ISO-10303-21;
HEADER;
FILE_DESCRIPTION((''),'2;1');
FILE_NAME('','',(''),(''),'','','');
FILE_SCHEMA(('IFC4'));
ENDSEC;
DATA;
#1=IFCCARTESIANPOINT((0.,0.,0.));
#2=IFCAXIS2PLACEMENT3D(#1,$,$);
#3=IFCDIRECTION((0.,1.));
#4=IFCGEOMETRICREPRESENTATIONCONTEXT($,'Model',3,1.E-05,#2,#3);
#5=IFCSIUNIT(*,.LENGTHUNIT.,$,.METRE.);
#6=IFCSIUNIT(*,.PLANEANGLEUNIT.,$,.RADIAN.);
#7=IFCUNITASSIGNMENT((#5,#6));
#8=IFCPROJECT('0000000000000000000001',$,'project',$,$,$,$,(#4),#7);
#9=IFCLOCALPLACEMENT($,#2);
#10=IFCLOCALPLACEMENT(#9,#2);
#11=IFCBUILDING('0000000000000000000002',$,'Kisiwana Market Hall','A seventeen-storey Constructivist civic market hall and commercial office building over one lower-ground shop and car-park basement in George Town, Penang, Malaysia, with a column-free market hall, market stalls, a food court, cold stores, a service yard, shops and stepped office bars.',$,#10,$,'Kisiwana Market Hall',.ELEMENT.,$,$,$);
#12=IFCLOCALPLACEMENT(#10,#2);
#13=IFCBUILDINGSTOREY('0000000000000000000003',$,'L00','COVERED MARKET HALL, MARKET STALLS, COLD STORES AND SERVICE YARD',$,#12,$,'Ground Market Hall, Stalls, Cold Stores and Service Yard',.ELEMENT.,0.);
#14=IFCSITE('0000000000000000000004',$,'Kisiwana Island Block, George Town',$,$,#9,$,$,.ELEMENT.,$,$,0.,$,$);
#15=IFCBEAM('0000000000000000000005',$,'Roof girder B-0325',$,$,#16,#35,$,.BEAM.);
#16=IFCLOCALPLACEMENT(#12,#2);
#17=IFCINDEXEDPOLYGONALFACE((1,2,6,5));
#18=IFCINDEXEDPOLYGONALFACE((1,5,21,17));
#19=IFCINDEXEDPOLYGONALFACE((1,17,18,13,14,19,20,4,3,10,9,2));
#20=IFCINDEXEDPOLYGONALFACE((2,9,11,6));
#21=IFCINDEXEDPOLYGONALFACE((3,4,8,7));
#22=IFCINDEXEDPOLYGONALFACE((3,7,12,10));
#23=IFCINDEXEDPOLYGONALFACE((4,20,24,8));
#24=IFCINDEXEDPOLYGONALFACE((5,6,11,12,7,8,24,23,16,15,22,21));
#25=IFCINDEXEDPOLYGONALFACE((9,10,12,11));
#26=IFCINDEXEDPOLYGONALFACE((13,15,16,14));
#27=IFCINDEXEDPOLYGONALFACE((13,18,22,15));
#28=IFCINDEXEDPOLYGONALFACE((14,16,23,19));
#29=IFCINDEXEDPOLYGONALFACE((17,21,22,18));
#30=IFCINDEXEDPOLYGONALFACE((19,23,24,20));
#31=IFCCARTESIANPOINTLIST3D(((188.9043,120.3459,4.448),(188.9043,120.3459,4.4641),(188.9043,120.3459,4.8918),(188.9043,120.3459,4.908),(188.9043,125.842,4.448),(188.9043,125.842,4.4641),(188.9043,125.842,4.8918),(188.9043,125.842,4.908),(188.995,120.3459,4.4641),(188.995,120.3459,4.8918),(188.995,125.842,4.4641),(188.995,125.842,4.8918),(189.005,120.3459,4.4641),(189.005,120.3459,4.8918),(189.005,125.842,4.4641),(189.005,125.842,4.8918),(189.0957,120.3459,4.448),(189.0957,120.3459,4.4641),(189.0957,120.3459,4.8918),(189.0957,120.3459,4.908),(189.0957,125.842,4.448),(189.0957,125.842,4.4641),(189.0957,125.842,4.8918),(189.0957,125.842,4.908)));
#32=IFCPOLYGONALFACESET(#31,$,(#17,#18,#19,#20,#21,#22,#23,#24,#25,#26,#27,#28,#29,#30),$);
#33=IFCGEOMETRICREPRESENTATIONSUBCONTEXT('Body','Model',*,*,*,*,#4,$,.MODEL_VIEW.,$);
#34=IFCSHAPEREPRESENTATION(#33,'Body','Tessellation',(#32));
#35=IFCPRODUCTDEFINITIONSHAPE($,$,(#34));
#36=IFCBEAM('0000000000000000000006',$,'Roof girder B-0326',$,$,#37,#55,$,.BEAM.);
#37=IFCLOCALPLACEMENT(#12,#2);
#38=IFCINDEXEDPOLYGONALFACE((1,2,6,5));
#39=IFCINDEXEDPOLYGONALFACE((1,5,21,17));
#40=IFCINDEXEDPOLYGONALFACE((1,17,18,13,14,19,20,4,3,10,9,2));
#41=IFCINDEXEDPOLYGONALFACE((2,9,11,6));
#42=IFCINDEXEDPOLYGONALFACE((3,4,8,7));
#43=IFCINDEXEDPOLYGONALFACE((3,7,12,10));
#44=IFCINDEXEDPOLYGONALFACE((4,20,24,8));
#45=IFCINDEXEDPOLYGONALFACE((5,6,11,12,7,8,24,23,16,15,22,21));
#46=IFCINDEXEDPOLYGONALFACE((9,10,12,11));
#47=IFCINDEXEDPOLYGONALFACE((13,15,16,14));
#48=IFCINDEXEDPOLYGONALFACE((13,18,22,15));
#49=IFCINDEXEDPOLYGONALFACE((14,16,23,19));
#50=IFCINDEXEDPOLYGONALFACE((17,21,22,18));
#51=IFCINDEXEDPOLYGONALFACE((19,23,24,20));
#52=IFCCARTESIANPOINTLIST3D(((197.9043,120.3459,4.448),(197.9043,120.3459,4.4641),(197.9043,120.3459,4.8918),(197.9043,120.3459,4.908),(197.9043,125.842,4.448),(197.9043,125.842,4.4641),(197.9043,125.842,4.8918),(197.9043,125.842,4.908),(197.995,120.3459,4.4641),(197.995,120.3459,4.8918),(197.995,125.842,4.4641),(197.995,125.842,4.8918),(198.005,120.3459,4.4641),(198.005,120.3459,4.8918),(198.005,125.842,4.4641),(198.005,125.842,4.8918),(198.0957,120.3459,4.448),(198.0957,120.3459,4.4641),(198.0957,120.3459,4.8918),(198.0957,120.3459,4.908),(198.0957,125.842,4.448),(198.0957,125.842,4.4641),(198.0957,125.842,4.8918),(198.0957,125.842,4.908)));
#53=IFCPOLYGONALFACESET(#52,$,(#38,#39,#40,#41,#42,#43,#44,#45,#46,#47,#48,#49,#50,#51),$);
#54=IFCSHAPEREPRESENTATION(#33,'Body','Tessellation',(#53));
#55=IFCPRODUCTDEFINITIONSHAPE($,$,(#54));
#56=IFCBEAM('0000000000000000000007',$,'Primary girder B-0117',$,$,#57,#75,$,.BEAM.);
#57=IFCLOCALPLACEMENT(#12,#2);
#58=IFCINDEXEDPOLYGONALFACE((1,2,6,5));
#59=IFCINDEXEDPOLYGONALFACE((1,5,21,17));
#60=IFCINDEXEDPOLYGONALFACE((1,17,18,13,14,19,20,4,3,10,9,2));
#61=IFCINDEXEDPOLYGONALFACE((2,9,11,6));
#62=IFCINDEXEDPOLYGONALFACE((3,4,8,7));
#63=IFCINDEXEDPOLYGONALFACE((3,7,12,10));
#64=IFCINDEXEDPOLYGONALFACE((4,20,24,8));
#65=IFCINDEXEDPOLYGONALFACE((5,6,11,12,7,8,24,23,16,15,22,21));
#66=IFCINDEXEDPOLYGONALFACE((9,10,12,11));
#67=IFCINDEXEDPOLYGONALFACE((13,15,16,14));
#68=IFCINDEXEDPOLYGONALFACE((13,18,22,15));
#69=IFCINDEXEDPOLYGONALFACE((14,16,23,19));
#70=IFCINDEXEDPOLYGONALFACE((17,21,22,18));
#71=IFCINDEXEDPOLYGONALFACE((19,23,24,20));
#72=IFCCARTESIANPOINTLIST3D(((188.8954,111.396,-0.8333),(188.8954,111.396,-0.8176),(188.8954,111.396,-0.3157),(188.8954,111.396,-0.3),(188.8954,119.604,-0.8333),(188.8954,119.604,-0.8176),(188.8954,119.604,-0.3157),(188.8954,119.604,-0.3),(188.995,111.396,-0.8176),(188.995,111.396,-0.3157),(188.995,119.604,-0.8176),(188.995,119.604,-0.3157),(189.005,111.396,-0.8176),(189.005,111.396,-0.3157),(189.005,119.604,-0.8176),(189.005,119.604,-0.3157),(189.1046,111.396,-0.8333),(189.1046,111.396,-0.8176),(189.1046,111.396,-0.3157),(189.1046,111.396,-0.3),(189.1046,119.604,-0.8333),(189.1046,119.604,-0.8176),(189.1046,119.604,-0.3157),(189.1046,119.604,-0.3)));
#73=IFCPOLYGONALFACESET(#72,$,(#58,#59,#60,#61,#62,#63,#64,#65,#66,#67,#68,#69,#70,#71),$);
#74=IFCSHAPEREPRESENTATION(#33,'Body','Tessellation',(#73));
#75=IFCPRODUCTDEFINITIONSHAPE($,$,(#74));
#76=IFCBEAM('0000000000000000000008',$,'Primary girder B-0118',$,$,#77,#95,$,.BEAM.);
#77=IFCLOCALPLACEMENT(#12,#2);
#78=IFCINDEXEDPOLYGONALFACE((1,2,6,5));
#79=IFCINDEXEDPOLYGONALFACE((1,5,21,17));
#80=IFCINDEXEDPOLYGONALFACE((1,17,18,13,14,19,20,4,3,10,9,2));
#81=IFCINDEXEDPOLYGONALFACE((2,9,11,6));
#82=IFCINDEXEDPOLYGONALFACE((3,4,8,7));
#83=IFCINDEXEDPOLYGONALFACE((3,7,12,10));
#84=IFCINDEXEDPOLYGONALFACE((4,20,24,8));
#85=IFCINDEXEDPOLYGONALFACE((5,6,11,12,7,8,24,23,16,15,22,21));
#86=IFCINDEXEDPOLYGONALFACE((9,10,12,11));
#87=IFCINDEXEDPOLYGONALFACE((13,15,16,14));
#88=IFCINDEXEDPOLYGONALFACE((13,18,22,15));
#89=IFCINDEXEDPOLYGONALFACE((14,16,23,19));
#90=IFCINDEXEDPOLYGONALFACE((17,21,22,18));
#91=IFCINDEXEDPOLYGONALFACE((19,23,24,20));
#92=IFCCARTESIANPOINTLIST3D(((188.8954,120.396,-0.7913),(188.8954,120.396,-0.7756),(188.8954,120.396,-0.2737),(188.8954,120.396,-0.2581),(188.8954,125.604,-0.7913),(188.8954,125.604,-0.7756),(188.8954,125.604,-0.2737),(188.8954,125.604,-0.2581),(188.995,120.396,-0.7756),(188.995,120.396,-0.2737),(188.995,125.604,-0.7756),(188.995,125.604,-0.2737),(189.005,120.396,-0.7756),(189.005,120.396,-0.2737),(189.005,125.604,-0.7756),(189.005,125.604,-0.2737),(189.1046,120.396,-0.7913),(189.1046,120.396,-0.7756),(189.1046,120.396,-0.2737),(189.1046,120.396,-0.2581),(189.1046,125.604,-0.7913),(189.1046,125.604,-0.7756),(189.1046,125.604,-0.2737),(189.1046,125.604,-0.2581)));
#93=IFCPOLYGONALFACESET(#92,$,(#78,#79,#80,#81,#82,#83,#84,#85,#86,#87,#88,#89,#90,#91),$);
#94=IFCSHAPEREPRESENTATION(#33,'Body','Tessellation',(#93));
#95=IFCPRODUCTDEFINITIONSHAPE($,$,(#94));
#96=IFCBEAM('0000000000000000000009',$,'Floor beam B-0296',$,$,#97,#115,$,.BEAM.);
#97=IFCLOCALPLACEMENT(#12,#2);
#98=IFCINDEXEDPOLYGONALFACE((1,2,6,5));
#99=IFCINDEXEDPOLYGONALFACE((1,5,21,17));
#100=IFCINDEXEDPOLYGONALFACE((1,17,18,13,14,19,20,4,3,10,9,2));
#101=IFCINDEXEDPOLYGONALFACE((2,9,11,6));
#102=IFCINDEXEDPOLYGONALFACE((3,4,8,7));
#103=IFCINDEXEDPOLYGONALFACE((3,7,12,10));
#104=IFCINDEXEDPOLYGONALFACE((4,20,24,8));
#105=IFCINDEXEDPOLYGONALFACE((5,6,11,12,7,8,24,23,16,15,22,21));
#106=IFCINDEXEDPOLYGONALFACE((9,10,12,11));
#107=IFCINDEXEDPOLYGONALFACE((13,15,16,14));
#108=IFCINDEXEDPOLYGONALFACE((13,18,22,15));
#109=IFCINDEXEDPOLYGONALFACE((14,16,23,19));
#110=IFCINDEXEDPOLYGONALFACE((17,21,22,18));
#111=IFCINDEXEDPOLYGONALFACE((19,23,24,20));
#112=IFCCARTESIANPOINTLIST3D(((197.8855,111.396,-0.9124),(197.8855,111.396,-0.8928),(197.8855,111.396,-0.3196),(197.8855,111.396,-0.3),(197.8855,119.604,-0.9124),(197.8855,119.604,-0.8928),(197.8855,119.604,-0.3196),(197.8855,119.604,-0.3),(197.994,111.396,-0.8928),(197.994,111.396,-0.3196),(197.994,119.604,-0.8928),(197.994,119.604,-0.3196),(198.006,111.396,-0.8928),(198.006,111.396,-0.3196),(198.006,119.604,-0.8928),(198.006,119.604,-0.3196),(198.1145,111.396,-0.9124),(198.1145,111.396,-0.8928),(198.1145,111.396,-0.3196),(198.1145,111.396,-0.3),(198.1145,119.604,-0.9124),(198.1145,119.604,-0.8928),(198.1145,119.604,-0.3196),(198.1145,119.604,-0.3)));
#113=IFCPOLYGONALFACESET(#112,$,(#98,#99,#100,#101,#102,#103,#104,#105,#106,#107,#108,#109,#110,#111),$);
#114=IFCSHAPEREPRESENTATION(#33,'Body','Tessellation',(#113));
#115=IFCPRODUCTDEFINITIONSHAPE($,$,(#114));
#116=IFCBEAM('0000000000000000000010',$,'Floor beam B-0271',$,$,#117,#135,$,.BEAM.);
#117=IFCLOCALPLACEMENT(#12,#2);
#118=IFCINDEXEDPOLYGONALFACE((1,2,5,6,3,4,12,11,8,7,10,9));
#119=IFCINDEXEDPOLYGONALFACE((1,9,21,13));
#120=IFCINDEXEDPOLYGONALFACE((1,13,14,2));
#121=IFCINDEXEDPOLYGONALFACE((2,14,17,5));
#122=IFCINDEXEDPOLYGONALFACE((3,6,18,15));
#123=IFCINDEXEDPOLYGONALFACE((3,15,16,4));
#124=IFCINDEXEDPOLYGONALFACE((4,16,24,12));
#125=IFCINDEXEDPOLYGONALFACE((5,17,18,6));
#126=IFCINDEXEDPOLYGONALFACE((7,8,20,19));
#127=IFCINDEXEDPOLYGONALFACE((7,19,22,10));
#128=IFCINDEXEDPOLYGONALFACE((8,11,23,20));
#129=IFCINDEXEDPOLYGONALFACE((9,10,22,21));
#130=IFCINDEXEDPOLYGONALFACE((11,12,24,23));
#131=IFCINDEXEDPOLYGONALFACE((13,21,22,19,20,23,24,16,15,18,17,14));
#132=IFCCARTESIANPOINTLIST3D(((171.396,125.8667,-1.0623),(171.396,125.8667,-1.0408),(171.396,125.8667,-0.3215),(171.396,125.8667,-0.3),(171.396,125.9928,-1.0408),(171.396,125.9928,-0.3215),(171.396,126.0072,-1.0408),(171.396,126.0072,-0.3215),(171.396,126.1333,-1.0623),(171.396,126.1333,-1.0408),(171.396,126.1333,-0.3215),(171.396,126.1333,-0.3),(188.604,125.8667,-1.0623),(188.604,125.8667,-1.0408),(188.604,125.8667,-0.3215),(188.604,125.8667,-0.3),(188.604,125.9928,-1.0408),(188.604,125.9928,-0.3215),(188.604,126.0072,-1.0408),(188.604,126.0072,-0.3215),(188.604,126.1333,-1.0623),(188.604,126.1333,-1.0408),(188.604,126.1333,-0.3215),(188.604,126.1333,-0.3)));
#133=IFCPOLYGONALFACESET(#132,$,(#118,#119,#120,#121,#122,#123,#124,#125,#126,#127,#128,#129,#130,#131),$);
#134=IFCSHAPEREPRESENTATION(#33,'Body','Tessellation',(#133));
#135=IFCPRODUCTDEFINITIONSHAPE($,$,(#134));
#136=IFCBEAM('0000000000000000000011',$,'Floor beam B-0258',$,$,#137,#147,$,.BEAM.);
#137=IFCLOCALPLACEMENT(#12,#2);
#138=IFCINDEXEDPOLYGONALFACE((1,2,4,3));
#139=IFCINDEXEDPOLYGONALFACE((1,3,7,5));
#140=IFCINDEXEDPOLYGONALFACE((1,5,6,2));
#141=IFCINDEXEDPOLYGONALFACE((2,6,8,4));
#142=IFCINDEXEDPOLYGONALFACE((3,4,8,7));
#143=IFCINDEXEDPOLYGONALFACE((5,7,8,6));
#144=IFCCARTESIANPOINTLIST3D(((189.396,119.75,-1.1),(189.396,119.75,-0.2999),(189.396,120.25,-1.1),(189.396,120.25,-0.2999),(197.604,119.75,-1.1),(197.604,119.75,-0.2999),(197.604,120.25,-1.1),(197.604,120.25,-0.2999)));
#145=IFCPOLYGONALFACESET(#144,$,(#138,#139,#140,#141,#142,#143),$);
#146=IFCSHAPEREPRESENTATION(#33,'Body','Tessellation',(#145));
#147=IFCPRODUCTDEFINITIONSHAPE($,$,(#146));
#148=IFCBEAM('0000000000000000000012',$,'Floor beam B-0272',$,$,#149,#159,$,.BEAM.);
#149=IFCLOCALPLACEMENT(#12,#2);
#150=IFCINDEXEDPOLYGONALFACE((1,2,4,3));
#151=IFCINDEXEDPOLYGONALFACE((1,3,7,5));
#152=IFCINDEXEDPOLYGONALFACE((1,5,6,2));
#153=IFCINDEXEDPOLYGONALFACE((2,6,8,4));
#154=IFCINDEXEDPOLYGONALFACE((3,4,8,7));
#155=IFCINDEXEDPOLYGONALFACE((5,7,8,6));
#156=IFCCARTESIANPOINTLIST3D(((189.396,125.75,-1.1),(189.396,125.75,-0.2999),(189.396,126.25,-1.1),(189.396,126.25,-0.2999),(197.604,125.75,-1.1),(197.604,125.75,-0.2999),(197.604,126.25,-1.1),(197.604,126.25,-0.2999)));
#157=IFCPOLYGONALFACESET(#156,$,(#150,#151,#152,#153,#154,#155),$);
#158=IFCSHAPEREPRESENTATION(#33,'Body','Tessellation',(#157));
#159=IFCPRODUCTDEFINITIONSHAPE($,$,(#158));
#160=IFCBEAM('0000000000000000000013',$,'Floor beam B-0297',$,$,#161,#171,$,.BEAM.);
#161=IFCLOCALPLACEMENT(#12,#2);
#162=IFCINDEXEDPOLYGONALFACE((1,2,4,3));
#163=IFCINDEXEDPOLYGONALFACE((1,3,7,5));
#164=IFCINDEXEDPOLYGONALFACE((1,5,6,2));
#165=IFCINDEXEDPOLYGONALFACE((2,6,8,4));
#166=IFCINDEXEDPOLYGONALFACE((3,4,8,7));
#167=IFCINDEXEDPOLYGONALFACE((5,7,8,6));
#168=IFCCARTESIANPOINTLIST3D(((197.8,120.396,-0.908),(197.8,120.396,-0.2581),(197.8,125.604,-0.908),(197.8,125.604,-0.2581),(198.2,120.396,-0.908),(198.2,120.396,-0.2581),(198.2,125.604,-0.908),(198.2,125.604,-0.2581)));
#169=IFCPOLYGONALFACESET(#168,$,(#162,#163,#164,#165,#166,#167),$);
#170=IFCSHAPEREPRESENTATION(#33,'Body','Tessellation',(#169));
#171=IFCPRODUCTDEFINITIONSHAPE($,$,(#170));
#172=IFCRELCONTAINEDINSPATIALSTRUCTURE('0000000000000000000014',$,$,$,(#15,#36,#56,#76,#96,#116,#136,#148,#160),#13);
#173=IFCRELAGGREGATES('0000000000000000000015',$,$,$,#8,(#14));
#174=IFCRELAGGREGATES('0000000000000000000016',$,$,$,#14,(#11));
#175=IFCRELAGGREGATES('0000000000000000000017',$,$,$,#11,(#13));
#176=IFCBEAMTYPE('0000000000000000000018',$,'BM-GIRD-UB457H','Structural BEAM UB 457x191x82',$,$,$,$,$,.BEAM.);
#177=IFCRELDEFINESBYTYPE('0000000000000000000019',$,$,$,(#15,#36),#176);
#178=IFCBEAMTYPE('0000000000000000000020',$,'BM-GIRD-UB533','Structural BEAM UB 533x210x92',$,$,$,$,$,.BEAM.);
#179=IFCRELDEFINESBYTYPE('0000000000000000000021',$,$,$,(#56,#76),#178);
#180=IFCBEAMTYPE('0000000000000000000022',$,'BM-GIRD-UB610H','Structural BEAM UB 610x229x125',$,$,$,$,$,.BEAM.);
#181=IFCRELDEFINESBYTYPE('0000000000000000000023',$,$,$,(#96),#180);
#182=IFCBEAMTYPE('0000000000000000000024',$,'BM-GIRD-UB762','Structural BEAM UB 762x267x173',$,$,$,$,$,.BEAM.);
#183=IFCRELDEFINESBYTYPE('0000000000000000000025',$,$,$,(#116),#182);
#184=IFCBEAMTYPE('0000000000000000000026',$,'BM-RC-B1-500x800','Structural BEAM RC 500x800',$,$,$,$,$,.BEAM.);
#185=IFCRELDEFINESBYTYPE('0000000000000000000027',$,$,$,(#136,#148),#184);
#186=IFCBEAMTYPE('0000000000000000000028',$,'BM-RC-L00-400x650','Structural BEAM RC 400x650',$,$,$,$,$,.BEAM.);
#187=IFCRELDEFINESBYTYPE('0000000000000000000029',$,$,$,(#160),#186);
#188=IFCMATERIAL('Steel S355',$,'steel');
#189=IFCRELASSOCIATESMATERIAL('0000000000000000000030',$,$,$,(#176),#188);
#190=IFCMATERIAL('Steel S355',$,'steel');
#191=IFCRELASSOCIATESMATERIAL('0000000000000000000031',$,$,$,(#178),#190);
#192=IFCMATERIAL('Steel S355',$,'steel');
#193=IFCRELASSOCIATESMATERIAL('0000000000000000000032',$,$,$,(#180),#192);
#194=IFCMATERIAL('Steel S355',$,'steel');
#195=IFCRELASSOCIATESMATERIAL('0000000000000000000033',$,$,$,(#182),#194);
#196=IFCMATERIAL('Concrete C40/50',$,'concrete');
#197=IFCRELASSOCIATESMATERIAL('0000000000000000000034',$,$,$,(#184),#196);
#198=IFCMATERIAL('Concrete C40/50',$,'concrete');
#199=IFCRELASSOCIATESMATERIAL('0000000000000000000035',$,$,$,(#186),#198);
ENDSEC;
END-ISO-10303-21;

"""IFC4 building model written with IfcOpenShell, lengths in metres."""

from ifc_helpers import new_model, si_unit, direction, frame, origin, origin_2d, place, context, subcontext, project, spatial, rectangle, i_section, extrude, material, material_profile, profile_set, type_object, element, save


model = new_model("IFC4")

# Units and contexts
model_context = context("Model", 3, precision=1e-05, world=origin(), true_north=direction((0.0, 1.0)))
body_context = subcontext(model_context, "Body", "Model", "MODEL_VIEW")
ifc_project = project(units=[si_unit("LENGTHUNIT", "METRE"), si_unit("PLANEANGLEUNIT", "RADIAN")], contexts=[model_context])

# Site, building, storey
site_placement = place(None, origin())
site = spatial("IfcSite", under=ifc_project, at=site_placement, Name="Kisiwana Island Block, George Town", CompositionType="ELEMENT", RefElevation=0.0)
building_placement = place(site_placement, origin())
building = spatial("IfcBuilding", under=site, at=building_placement, Name="Kisiwana Market Hall", Description="A seventeen-storey Constructivist civic market hall and commercial office building over one lower-ground shop and car-park basement in George Town, Penang, Malaysia, with a column-free market hall, market stalls, a food court, cold stores, a service yard, shops and stepped office bars.", LongName="Kisiwana Market Hall", CompositionType="ELEMENT")
storey_placement = place(building_placement, origin())
storey = spatial("IfcBuildingStorey", under=building, at=storey_placement, Name="L00", Description="COVERED MARKET HALL, MARKET STALLS, COLD STORES AND SERVICE YARD", LongName="Ground Market Hall, Stalls, Cold Stores and Service Yard", CompositionType="ELEMENT", Elevation=0.0)

# Beams
ifc_material_1 = material(Name="Steel S355", Category="steel")
ifc_material_profile_1 = material_profile(ifc_material_1, i_section(OverallWidth=0.1914, OverallDepth=0.46, WebThickness=0.01, FlangeThickness=0.0161, at=origin_2d()), Name="UB 457x191x82")
ifc_profile_set_1 = profile_set([ifc_material_profile_1], Name="Steel S355")
beam_type_1 = type_object("IfcBeamType", Name="BM-GIRD-UB457H", Description="Structural BEAM UB 457x191x82", PredefinedType="BEAM", material=ifc_profile_set_1)
for number, where, z_axis, x_axis, name in (
    (1, (189.0, 120.3459, 4.678), (0.0, 1.0, 0.0), (-1.0, 0.0, 0.0), "Roof girder B-0325"),
    (2, (198.0, 120.3459, 4.678), (0.0, 1.0, 0.0), (-1.0, 0.0, 0.0), "Roof girder B-0326"),
):
    element("IfcBeam", number, at=place(storey_placement, frame(where, z_axis=z_axis, x_axis=x_axis)), inside=storey, type_object=beam_type_1, Name=name, PredefinedType="BEAM", context=body_context, shape_type="SweptSolid", body=[
        extrude(i_section(OverallWidth=0.1914, OverallDepth=0.46, WebThickness=0.01, FlangeThickness=0.0161, at=origin_2d()), origin(), (0.0, 0.0, 1.0), 5.4961),
    ])
ifc_material_2 = material(Name="Steel S355", Category="steel")
ifc_material_profile_2 = material_profile(ifc_material_2, i_section(OverallWidth=0.2092, OverallDepth=0.5332, WebThickness=0.01, FlangeThickness=0.0156, at=origin_2d()), Name="UB 533x210x92")
ifc_profile_set_2 = profile_set([ifc_material_profile_2], Name="Steel S355")
beam_type_2 = type_object("IfcBeamType", Name="BM-GIRD-UB533", Description="Structural BEAM UB 533x210x92", PredefinedType="BEAM", material=ifc_profile_set_2)
beam_1_placement = place(storey_placement, frame((189.0, 111.396, -0.5667), z_axis=(0.0, 1.0, 0.0), x_axis=(-1.0, 0.0, 0.0)))
element("IfcBeam", 3, at=beam_1_placement, inside=storey, type_object=beam_type_2, Name="Primary girder B-0117", PredefinedType="BEAM", context=body_context, shape_type="SweptSolid", body=[
    extrude(i_section(OverallWidth=0.2092, OverallDepth=0.5332, WebThickness=0.01, FlangeThickness=0.0156, at=origin_2d()), origin(), (0.0, 0.0, 1.0), 8.208),
])
beam_2_placement = place(storey_placement, frame((189.0, 120.396, -0.5247), z_axis=(0.0, 1.0, 0.0), x_axis=(-1.0, 0.0, 0.0)))
element("IfcBeam", 4, at=beam_2_placement, inside=storey, type_object=beam_type_2, Name="Primary girder B-0118", PredefinedType="BEAM", context=body_context, shape_type="SweptSolid", body=[
    extrude(i_section(OverallWidth=0.2092, OverallDepth=0.5332, WebThickness=0.01, FlangeThickness=0.0156, at=origin_2d()), origin(), (0.0, 0.0, 1.0), 5.208),
])
ifc_material_3 = material(Name="Steel S355", Category="steel")
ifc_material_profile_3 = material_profile(ifc_material_3, i_section(OverallWidth=0.229, OverallDepth=0.6123, WebThickness=0.012, FlangeThickness=0.0195, at=origin_2d()), Name="UB 610x229x125")
ifc_profile_set_3 = profile_set([ifc_material_profile_3], Name="Steel S355")
beam_type_3 = type_object("IfcBeamType", Name="BM-GIRD-UB610H", Description="Structural BEAM UB 610x229x125", PredefinedType="BEAM", material=ifc_profile_set_3)
beam_3_placement = place(storey_placement, frame((198.0, 111.396, -0.6062), z_axis=(0.0, 1.0, 0.0), x_axis=(-1.0, 0.0, 0.0)))
element("IfcBeam", 5, at=beam_3_placement, inside=storey, type_object=beam_type_3, Name="Floor beam B-0296", PredefinedType="BEAM", context=body_context, shape_type="SweptSolid", body=[
    extrude(i_section(OverallWidth=0.229, OverallDepth=0.6123, WebThickness=0.012, FlangeThickness=0.0195, at=origin_2d()), origin(), (0.0, 0.0, 1.0), 8.208),
])
ifc_material_4 = material(Name="Steel S355", Category="steel")
ifc_material_profile_4 = material_profile(ifc_material_4, i_section(OverallWidth=0.2666, OverallDepth=0.7622, WebThickness=0.0144, FlangeThickness=0.0215, at=origin_2d()), Name="UB 762x267x173")
ifc_profile_set_4 = profile_set([ifc_material_profile_4], Name="Steel S355")
beam_type_4 = type_object("IfcBeamType", Name="BM-GIRD-UB762", Description="Structural BEAM UB 762x267x173", PredefinedType="BEAM", material=ifc_profile_set_4)
beam_4_placement = place(storey_placement, frame((171.396, 126.0, -0.6812), z_axis=(1.0, 0.0, 0.0), x_axis=(0.0, 1.0, 0.0)))
element("IfcBeam", 6, at=beam_4_placement, inside=storey, type_object=beam_type_4, Name="Floor beam B-0271", PredefinedType="BEAM", context=body_context, shape_type="SweptSolid", body=[
    extrude(i_section(OverallWidth=0.2666, OverallDepth=0.7622, WebThickness=0.0144, FlangeThickness=0.0215, at=origin_2d()), origin(), (0.0, 0.0, 1.0), 17.208),
])
ifc_material_5 = material(Name="Concrete C40/50", Category="concrete")
ifc_material_profile_5 = material_profile(ifc_material_5, rectangle(XDim=0.5, YDim=0.8, at=origin_2d()), Name="RC 500x800")
ifc_profile_set_5 = profile_set([ifc_material_profile_5], Name="Concrete C40/50")
beam_type_5 = type_object("IfcBeamType", Name="BM-RC-B1-500x800", Description="Structural BEAM RC 500x800", PredefinedType="BEAM", material=ifc_profile_set_5)
for number, where, z_axis, x_axis, name in (
    (7, (189.396, 120.0, -0.7), (1.0, 0.0, 0.0), (0.0, 1.0, 0.0), "Floor beam B-0258"),
    (8, (189.396, 126.0, -0.7), (1.0, 0.0, 0.0), (0.0, 1.0, 0.0), "Floor beam B-0272"),
):
    element("IfcBeam", number, at=place(storey_placement, frame(where, z_axis=z_axis, x_axis=x_axis)), inside=storey, type_object=beam_type_5, Name=name, PredefinedType="BEAM", context=body_context, shape_type="SweptSolid", body=[
        extrude(rectangle(XDim=0.5, YDim=0.8, at=origin_2d()), origin(), (0.0, 0.0, 1.0), 8.208),
    ])
ifc_material_6 = material(Name="Concrete C40/50", Category="concrete")
ifc_material_profile_6 = material_profile(ifc_material_6, rectangle(XDim=0.3999, YDim=0.6499, at=origin_2d()), Name="RC 400x650")
ifc_profile_set_6 = profile_set([ifc_material_profile_6], Name="Concrete C40/50")
beam_type_6 = type_object("IfcBeamType", Name="BM-RC-L00-400x650", Description="Structural BEAM RC 400x650", PredefinedType="BEAM", material=ifc_profile_set_6)
beam_5_placement = place(storey_placement, frame((198.0, 120.396, -0.583), z_axis=(0.0, 1.0, 0.0), x_axis=(-1.0, 0.0, 0.0)))
element("IfcBeam", 9, at=beam_5_placement, inside=storey, type_object=beam_type_6, Name="Floor beam B-0297", PredefinedType="BEAM", context=body_context, shape_type="SweptSolid", body=[
    extrude(rectangle(XDim=0.3999, YDim=0.6499, at=origin_2d()), origin(), (0.0, 0.0, 1.0), 5.208),
])

save(model, "model.ifc")
